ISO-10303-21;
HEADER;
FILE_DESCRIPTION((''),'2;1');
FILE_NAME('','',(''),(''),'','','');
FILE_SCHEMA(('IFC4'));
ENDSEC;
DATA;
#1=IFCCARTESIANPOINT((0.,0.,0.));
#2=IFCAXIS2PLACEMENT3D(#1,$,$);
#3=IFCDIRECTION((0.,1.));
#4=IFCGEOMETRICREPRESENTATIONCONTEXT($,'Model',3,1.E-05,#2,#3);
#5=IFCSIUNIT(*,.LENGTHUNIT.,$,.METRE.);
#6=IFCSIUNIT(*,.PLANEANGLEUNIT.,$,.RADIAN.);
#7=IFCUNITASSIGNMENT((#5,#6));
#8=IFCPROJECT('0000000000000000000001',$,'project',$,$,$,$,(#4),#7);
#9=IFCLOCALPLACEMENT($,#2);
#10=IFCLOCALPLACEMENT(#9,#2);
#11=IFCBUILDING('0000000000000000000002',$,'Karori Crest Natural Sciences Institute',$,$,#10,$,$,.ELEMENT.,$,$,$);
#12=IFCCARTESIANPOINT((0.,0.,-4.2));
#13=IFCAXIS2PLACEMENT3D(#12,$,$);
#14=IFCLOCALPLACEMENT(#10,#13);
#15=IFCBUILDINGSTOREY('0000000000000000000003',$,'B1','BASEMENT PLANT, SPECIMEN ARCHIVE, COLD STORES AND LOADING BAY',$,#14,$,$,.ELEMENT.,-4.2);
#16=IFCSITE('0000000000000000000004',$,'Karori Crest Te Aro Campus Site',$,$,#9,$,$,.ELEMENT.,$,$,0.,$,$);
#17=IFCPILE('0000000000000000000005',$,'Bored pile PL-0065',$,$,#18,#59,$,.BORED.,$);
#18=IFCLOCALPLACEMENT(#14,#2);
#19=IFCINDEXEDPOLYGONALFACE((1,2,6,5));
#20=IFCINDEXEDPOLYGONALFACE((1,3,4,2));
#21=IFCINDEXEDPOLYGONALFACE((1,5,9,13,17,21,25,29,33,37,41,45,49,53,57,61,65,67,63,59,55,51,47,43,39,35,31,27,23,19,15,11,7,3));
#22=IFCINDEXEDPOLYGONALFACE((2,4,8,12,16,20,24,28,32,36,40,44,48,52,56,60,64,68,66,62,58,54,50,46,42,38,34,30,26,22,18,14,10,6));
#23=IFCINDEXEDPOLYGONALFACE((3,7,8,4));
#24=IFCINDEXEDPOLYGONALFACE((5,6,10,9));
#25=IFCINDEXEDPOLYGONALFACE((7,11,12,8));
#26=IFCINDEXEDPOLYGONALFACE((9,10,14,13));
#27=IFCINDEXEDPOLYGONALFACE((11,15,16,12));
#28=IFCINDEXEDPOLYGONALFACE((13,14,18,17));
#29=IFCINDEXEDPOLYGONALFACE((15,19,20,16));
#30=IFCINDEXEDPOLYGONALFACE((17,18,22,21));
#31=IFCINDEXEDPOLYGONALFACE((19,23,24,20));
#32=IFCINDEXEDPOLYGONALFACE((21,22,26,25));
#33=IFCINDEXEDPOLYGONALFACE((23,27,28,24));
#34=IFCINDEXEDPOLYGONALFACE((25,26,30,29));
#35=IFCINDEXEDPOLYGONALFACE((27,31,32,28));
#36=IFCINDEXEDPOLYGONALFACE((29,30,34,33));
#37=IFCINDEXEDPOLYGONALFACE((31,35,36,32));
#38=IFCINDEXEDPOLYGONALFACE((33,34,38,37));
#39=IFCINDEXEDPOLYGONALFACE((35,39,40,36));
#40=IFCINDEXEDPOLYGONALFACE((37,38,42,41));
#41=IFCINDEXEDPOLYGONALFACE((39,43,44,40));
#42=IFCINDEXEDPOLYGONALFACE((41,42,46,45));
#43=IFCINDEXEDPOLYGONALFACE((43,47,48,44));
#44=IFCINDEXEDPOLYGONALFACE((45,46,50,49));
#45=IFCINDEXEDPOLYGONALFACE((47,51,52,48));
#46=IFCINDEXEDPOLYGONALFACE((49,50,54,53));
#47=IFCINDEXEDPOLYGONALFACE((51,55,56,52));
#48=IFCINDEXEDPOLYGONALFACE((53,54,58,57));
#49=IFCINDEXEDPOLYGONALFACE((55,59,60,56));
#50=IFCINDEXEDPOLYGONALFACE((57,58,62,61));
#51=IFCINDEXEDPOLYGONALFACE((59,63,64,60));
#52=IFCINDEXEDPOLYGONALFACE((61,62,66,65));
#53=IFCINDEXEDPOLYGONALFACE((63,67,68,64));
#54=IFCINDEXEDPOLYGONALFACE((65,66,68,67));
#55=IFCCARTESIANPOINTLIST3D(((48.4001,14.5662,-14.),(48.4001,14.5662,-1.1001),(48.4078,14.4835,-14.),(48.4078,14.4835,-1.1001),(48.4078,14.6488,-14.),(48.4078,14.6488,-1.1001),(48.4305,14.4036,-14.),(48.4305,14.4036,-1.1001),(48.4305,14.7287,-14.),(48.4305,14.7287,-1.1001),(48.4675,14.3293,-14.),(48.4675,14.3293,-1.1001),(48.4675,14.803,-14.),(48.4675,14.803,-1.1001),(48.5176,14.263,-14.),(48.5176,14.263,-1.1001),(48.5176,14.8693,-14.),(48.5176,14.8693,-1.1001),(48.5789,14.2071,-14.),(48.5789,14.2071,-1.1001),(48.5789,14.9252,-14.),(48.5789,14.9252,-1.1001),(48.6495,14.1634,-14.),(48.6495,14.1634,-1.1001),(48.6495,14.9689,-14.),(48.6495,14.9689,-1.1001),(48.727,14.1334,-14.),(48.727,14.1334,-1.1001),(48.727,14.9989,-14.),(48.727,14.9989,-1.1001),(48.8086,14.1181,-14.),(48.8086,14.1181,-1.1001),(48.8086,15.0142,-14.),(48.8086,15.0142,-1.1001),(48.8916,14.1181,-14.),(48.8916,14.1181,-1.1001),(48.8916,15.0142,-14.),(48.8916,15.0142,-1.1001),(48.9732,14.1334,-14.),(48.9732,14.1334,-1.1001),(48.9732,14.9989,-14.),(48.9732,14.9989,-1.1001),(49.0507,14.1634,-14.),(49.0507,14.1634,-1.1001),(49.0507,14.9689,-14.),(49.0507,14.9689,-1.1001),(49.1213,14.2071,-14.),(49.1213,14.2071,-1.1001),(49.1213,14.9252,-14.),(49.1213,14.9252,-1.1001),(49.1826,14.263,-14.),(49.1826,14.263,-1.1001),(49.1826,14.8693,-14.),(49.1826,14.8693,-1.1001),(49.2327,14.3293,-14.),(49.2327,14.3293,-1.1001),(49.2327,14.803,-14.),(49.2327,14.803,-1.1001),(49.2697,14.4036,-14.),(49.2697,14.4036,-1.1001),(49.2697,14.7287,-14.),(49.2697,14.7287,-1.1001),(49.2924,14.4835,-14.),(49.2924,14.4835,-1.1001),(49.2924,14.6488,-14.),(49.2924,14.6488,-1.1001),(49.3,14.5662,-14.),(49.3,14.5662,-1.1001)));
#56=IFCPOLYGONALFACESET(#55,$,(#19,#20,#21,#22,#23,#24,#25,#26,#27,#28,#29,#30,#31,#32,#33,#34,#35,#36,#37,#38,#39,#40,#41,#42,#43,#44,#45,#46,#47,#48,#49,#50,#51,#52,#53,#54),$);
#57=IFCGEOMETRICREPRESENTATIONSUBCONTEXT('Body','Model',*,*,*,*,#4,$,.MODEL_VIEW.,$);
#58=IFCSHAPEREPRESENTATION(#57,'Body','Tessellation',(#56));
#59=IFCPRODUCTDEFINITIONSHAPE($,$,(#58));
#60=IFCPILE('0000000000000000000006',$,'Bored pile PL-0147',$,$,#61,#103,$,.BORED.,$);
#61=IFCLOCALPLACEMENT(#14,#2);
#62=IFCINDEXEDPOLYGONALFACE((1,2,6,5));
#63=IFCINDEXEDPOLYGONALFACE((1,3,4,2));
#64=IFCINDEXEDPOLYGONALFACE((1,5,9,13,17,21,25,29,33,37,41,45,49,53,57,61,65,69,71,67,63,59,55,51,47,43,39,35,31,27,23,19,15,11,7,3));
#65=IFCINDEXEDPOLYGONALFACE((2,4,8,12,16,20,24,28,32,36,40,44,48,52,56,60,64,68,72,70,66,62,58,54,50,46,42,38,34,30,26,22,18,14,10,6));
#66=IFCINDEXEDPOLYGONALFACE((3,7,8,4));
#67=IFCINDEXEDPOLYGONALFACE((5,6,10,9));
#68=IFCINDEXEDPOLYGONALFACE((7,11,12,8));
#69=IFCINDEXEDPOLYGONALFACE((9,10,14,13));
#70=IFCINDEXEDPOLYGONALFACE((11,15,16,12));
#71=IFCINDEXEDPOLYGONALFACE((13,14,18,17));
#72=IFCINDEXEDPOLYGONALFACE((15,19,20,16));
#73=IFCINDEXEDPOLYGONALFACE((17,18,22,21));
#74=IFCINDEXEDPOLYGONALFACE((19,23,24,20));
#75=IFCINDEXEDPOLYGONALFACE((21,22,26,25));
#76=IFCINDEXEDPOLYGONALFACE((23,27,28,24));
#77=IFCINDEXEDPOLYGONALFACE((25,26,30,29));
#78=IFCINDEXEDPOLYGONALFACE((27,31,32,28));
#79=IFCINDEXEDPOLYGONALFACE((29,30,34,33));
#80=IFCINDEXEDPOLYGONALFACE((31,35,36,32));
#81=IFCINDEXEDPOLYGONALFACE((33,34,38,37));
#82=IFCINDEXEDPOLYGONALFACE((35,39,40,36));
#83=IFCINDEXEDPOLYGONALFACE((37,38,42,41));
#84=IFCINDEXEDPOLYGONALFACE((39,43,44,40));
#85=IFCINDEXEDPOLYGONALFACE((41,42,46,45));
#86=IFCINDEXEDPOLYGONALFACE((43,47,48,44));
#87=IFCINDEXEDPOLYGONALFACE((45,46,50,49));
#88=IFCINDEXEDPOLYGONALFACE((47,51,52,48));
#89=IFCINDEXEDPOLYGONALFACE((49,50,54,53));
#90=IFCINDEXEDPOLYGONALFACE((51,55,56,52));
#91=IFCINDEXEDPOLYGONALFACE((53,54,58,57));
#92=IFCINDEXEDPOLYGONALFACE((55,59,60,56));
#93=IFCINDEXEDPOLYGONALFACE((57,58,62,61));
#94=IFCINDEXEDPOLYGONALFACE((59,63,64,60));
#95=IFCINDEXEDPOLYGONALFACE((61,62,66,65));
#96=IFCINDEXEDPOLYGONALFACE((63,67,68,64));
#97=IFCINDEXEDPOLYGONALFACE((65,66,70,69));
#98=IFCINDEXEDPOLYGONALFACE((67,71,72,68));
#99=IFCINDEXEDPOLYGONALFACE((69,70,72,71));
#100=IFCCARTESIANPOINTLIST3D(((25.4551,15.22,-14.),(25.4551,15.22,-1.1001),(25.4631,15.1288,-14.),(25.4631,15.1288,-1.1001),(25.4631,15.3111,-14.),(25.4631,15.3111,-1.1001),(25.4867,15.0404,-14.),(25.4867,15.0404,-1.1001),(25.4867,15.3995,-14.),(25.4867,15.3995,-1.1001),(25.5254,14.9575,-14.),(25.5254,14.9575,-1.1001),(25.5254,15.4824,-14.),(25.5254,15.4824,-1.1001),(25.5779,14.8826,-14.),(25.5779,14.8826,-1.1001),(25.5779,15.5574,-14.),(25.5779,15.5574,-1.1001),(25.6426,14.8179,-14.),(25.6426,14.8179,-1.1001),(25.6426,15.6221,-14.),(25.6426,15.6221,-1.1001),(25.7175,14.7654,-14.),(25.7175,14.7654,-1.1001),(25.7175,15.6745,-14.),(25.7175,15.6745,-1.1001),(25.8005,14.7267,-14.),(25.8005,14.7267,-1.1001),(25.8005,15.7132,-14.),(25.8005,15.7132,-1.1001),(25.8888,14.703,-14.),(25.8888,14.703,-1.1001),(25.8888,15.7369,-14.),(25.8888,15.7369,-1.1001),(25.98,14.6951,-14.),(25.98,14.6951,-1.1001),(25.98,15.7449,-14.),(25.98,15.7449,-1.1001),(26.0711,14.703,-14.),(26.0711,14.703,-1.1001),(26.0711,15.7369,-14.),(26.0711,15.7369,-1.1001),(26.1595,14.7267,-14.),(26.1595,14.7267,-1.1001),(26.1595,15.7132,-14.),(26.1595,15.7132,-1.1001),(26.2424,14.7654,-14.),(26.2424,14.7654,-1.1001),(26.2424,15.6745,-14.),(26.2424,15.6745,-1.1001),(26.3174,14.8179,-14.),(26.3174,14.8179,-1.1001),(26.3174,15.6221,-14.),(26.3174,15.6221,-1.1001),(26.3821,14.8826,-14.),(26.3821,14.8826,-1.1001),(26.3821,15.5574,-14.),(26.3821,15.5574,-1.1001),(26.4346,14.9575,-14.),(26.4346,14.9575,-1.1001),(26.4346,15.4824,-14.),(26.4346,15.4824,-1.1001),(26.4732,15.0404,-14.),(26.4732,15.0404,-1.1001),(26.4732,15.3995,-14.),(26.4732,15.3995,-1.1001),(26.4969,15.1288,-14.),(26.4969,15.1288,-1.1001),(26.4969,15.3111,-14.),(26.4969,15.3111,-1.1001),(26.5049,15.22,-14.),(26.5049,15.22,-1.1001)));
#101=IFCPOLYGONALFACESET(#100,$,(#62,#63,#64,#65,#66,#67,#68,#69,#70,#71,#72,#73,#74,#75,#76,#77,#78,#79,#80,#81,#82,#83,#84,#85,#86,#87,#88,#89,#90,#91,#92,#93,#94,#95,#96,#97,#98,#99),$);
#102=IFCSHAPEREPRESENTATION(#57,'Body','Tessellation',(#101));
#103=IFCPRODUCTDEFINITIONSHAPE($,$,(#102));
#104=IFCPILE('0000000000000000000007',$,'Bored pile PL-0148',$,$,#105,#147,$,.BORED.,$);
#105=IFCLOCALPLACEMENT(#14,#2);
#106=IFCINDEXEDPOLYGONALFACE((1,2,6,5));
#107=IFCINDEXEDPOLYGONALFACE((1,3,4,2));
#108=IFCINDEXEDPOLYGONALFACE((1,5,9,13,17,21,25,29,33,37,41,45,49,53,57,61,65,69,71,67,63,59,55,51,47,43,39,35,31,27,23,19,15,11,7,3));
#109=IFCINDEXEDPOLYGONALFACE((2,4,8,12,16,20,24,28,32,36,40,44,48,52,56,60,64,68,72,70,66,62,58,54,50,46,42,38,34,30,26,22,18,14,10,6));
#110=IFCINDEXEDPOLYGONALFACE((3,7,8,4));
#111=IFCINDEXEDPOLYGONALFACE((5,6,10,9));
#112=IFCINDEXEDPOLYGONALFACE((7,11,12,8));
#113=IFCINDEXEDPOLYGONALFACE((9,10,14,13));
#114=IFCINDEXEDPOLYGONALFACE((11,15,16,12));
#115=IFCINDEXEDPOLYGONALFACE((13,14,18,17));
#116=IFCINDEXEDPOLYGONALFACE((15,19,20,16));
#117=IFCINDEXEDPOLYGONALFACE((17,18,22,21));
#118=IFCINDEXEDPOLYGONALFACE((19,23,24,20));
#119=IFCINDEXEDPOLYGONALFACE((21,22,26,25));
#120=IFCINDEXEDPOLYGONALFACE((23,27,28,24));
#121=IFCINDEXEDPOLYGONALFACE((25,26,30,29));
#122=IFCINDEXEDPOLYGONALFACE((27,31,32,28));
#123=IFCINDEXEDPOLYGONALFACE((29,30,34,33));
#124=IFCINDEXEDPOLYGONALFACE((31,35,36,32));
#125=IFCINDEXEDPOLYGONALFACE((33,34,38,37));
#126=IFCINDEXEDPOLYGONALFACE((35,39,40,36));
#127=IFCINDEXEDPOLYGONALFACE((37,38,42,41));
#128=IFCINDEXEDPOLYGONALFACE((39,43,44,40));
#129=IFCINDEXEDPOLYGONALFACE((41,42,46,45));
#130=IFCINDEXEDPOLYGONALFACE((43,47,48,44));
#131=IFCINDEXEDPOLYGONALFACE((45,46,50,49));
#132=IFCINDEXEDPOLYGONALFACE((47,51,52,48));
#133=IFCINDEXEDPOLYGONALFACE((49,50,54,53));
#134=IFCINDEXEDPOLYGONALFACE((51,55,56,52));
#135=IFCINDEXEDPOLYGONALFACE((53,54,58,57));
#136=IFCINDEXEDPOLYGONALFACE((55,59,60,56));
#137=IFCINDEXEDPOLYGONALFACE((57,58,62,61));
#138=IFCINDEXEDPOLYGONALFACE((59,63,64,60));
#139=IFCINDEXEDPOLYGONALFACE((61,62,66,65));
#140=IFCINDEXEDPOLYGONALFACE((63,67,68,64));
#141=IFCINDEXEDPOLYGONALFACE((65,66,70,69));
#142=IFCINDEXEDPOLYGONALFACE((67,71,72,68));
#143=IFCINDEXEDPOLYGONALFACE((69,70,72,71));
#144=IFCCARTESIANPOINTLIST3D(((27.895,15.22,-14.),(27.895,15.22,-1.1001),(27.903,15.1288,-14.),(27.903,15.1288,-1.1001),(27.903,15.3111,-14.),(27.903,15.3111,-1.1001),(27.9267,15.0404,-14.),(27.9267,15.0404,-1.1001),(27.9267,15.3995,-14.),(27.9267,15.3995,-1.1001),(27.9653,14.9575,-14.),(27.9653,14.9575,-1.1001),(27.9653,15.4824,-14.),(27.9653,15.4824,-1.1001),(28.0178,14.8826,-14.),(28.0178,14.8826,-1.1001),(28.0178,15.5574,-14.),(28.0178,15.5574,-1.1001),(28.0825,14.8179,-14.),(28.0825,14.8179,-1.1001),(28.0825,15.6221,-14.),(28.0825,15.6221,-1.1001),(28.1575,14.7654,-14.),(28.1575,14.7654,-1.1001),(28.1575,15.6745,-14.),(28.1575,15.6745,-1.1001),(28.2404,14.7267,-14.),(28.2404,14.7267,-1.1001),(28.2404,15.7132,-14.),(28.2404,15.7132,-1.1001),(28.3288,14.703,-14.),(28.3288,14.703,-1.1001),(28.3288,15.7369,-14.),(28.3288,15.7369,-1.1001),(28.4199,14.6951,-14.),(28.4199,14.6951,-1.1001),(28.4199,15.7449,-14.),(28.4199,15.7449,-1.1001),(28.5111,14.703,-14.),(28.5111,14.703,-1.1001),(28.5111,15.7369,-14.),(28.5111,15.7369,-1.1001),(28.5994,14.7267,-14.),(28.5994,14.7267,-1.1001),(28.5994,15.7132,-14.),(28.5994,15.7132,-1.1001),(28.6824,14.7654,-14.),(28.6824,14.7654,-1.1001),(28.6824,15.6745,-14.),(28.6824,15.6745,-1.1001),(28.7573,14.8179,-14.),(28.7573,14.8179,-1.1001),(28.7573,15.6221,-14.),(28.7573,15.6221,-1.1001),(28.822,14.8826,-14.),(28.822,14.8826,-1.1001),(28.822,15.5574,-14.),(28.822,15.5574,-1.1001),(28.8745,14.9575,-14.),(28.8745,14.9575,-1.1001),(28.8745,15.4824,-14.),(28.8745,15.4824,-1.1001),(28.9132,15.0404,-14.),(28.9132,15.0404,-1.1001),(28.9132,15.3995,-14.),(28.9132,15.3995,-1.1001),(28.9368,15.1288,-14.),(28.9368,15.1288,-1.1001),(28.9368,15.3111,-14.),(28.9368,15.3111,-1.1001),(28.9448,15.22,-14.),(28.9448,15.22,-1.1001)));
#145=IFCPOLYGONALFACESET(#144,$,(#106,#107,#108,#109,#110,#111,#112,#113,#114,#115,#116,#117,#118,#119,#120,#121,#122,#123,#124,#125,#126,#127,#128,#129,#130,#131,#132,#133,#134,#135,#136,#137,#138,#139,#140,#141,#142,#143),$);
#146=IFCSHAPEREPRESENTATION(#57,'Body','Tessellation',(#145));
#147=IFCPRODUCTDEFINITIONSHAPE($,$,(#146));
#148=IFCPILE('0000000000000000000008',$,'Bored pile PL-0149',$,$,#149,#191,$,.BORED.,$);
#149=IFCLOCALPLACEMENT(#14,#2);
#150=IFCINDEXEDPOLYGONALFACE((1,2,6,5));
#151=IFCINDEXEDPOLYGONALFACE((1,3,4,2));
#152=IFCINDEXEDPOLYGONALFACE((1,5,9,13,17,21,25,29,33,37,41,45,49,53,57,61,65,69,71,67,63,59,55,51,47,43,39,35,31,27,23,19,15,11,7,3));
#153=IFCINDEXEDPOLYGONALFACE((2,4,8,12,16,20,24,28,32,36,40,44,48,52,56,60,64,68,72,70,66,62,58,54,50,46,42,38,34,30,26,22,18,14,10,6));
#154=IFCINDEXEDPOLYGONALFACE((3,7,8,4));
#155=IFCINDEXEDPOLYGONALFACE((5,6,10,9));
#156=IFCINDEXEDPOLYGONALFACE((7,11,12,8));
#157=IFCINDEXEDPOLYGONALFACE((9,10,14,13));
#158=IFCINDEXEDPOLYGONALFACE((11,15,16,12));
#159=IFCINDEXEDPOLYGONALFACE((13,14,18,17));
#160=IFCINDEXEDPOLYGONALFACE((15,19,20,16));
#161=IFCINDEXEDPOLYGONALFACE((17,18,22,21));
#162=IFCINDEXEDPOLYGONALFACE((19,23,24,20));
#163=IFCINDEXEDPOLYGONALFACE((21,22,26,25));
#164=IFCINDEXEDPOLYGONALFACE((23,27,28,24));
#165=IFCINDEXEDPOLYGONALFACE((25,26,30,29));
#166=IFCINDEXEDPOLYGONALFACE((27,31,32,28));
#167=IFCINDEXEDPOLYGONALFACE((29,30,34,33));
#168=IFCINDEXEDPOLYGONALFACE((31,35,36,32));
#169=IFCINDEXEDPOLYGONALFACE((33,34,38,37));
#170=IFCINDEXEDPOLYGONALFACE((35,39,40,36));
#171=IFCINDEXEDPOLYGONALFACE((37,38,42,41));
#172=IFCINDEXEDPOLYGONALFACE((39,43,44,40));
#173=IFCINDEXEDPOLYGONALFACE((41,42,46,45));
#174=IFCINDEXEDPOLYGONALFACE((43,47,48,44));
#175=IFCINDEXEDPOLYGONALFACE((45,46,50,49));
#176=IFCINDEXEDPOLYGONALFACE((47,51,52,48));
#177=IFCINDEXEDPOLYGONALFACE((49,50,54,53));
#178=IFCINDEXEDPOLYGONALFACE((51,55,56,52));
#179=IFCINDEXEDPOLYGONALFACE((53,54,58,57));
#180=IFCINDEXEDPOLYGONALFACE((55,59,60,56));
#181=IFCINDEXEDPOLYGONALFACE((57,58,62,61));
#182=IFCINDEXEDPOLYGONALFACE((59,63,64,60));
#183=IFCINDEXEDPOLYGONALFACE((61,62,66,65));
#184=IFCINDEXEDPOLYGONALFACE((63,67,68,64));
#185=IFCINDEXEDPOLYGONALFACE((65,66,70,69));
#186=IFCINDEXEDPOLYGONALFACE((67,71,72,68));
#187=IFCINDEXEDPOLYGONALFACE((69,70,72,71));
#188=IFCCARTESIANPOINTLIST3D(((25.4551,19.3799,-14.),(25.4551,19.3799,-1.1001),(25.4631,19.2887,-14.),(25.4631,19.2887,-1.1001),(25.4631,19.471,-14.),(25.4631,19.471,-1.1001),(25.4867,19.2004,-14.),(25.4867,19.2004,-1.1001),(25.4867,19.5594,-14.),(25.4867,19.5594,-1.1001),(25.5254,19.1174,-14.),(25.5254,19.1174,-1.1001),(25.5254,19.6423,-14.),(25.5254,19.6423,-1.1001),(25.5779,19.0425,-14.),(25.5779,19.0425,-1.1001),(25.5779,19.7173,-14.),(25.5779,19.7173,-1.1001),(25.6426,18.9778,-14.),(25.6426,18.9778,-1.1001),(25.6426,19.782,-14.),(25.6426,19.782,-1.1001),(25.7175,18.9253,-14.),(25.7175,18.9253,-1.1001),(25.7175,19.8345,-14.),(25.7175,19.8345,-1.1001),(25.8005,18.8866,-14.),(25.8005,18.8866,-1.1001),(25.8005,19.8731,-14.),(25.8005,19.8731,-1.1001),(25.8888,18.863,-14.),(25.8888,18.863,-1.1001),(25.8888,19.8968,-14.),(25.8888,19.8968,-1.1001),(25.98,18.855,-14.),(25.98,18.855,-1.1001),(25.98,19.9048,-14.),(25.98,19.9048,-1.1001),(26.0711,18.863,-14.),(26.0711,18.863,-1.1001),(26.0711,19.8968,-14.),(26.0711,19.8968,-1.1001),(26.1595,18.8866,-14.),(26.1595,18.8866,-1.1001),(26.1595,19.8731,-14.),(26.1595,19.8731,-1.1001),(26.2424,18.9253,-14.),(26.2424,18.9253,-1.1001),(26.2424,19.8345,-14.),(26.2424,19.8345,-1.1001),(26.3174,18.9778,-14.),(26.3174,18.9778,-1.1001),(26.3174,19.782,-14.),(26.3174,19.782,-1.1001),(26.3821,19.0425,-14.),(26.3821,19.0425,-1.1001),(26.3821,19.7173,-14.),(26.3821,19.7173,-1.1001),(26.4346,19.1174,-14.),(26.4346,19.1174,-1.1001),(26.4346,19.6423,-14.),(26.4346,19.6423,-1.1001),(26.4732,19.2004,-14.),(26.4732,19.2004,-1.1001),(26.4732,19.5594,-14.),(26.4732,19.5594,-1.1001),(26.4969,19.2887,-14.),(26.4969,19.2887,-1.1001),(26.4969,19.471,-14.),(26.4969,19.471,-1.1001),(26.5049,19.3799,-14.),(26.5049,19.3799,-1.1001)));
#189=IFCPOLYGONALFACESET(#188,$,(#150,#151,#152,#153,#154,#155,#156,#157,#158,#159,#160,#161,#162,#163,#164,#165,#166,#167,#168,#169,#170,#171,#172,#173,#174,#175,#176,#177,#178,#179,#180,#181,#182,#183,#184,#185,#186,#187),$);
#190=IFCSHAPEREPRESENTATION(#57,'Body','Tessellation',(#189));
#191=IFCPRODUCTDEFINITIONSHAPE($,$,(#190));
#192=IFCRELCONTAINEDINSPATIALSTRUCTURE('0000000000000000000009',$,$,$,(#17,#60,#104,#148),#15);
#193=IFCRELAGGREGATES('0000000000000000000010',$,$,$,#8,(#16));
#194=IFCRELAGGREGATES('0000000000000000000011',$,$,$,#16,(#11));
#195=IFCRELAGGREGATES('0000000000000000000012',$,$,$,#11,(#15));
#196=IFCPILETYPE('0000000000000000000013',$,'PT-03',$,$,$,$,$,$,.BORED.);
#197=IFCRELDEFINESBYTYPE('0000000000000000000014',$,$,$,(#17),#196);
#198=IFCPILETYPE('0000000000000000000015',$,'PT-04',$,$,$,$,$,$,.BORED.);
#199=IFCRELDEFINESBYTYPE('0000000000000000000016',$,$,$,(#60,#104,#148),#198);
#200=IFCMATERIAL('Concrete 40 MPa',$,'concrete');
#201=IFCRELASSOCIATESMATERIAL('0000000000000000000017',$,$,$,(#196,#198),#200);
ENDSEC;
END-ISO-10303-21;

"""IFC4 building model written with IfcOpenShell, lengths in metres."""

from ifc_helpers import new_model, si_unit, direction, frame, origin, origin_2d, place, context, subcontext, project, spatial, circle, extrude, material, material_profile, profile_set, type_object, element, save


model = new_model("IFC4")

# Units and contexts
model_context = context("Model", 3, precision=1e-05, world=origin(), true_north=direction((0.0, 1.0)))
body_context = subcontext(model_context, "Body", "Model", "MODEL_VIEW")
ifc_project = project(units=[si_unit("LENGTHUNIT", "METRE"), si_unit("PLANEANGLEUNIT", "RADIAN")], contexts=[model_context])

# Site, building, storey
site_placement = place(None, origin())
site = spatial("IfcSite", under=ifc_project, at=site_placement, Name="Karori Crest Te Aro Campus Site", CompositionType="ELEMENT", RefElevation=0.0)
building_placement = place(site_placement, origin())
building = spatial("IfcBuilding", under=site, at=building_placement, Name="Karori Crest Natural Sciences Institute", CompositionType="ELEMENT")
storey_placement = place(building_placement, frame((0.0, 0.0, -4.2)))
storey = spatial("IfcBuildingStorey", under=building, at=storey_placement, Name="B1", Description="BASEMENT PLANT, SPECIMEN ARCHIVE, COLD STORES AND LOADING BAY", CompositionType="ELEMENT", Elevation=-4.2)

# Shared definitions
ifc_material_1 = material(Name="Concrete 40 MPa", Category="concrete")

# Piles
ifc_material_profile_1 = material_profile(ifc_material_1, circle(Radius=0.45, at=origin_2d()), Name="PILE900")
ifc_profile_set_1 = profile_set([ifc_material_profile_1], Name="Concrete 40 MPa")
pile_type_1 = type_object("IfcPileType", Name="PT-03", PredefinedType="BORED", material=ifc_profile_set_1)
pile_placement = place(storey_placement, frame((48.8501, 14.5662, -1.1001), z_axis=(0.0, 0.0, -1.0), x_axis=(1.0, 0.0, 0.0)))
element("IfcPile", 1, at=pile_placement, inside=storey, type_object=pile_type_1, Name="Bored pile PL-0065", PredefinedType="BORED", context=body_context, shape_type="SweptSolid", body=[
    extrude(circle(Radius=0.45, at=origin_2d()), origin(), (0.0, 0.0, 1.0), 12.8999),
])
ifc_material_profile_2 = material_profile(ifc_material_1, circle(Radius=0.5249, at=origin_2d()), Name="PILE1050")
ifc_profile_set_2 = profile_set([ifc_material_profile_2], Name="Concrete 40 MPa")
pile_type_2 = type_object("IfcPileType", Name="PT-04", PredefinedType="BORED", material=ifc_profile_set_2)
for number, where, z_axis, x_axis, name in (
    (2, (25.98, 15.22, -1.1001), (0.0, 0.0, -1.0), (1.0, 0.0, 0.0), "Bored pile PL-0147"),
    (3, (28.4199, 15.22, -1.1001), (0.0, 0.0, -1.0), (1.0, 0.0, 0.0), "Bored pile PL-0148"),
    (4, (25.98, 19.3799, -1.1001), (0.0, 0.0, -1.0), (1.0, 0.0, 0.0), "Bored pile PL-0149"),
):
    element("IfcPile", number, at=place(storey_placement, frame(where, z_axis=z_axis, x_axis=x_axis)), inside=storey, type_object=pile_type_2, Name=name, PredefinedType="BORED", context=body_context, shape_type="SweptSolid", body=[
        extrude(circle(Radius=0.5249, at=origin_2d()), origin(), (0.0, 0.0, 1.0), 12.8999),
    ])

save(model, "model.ifc")
